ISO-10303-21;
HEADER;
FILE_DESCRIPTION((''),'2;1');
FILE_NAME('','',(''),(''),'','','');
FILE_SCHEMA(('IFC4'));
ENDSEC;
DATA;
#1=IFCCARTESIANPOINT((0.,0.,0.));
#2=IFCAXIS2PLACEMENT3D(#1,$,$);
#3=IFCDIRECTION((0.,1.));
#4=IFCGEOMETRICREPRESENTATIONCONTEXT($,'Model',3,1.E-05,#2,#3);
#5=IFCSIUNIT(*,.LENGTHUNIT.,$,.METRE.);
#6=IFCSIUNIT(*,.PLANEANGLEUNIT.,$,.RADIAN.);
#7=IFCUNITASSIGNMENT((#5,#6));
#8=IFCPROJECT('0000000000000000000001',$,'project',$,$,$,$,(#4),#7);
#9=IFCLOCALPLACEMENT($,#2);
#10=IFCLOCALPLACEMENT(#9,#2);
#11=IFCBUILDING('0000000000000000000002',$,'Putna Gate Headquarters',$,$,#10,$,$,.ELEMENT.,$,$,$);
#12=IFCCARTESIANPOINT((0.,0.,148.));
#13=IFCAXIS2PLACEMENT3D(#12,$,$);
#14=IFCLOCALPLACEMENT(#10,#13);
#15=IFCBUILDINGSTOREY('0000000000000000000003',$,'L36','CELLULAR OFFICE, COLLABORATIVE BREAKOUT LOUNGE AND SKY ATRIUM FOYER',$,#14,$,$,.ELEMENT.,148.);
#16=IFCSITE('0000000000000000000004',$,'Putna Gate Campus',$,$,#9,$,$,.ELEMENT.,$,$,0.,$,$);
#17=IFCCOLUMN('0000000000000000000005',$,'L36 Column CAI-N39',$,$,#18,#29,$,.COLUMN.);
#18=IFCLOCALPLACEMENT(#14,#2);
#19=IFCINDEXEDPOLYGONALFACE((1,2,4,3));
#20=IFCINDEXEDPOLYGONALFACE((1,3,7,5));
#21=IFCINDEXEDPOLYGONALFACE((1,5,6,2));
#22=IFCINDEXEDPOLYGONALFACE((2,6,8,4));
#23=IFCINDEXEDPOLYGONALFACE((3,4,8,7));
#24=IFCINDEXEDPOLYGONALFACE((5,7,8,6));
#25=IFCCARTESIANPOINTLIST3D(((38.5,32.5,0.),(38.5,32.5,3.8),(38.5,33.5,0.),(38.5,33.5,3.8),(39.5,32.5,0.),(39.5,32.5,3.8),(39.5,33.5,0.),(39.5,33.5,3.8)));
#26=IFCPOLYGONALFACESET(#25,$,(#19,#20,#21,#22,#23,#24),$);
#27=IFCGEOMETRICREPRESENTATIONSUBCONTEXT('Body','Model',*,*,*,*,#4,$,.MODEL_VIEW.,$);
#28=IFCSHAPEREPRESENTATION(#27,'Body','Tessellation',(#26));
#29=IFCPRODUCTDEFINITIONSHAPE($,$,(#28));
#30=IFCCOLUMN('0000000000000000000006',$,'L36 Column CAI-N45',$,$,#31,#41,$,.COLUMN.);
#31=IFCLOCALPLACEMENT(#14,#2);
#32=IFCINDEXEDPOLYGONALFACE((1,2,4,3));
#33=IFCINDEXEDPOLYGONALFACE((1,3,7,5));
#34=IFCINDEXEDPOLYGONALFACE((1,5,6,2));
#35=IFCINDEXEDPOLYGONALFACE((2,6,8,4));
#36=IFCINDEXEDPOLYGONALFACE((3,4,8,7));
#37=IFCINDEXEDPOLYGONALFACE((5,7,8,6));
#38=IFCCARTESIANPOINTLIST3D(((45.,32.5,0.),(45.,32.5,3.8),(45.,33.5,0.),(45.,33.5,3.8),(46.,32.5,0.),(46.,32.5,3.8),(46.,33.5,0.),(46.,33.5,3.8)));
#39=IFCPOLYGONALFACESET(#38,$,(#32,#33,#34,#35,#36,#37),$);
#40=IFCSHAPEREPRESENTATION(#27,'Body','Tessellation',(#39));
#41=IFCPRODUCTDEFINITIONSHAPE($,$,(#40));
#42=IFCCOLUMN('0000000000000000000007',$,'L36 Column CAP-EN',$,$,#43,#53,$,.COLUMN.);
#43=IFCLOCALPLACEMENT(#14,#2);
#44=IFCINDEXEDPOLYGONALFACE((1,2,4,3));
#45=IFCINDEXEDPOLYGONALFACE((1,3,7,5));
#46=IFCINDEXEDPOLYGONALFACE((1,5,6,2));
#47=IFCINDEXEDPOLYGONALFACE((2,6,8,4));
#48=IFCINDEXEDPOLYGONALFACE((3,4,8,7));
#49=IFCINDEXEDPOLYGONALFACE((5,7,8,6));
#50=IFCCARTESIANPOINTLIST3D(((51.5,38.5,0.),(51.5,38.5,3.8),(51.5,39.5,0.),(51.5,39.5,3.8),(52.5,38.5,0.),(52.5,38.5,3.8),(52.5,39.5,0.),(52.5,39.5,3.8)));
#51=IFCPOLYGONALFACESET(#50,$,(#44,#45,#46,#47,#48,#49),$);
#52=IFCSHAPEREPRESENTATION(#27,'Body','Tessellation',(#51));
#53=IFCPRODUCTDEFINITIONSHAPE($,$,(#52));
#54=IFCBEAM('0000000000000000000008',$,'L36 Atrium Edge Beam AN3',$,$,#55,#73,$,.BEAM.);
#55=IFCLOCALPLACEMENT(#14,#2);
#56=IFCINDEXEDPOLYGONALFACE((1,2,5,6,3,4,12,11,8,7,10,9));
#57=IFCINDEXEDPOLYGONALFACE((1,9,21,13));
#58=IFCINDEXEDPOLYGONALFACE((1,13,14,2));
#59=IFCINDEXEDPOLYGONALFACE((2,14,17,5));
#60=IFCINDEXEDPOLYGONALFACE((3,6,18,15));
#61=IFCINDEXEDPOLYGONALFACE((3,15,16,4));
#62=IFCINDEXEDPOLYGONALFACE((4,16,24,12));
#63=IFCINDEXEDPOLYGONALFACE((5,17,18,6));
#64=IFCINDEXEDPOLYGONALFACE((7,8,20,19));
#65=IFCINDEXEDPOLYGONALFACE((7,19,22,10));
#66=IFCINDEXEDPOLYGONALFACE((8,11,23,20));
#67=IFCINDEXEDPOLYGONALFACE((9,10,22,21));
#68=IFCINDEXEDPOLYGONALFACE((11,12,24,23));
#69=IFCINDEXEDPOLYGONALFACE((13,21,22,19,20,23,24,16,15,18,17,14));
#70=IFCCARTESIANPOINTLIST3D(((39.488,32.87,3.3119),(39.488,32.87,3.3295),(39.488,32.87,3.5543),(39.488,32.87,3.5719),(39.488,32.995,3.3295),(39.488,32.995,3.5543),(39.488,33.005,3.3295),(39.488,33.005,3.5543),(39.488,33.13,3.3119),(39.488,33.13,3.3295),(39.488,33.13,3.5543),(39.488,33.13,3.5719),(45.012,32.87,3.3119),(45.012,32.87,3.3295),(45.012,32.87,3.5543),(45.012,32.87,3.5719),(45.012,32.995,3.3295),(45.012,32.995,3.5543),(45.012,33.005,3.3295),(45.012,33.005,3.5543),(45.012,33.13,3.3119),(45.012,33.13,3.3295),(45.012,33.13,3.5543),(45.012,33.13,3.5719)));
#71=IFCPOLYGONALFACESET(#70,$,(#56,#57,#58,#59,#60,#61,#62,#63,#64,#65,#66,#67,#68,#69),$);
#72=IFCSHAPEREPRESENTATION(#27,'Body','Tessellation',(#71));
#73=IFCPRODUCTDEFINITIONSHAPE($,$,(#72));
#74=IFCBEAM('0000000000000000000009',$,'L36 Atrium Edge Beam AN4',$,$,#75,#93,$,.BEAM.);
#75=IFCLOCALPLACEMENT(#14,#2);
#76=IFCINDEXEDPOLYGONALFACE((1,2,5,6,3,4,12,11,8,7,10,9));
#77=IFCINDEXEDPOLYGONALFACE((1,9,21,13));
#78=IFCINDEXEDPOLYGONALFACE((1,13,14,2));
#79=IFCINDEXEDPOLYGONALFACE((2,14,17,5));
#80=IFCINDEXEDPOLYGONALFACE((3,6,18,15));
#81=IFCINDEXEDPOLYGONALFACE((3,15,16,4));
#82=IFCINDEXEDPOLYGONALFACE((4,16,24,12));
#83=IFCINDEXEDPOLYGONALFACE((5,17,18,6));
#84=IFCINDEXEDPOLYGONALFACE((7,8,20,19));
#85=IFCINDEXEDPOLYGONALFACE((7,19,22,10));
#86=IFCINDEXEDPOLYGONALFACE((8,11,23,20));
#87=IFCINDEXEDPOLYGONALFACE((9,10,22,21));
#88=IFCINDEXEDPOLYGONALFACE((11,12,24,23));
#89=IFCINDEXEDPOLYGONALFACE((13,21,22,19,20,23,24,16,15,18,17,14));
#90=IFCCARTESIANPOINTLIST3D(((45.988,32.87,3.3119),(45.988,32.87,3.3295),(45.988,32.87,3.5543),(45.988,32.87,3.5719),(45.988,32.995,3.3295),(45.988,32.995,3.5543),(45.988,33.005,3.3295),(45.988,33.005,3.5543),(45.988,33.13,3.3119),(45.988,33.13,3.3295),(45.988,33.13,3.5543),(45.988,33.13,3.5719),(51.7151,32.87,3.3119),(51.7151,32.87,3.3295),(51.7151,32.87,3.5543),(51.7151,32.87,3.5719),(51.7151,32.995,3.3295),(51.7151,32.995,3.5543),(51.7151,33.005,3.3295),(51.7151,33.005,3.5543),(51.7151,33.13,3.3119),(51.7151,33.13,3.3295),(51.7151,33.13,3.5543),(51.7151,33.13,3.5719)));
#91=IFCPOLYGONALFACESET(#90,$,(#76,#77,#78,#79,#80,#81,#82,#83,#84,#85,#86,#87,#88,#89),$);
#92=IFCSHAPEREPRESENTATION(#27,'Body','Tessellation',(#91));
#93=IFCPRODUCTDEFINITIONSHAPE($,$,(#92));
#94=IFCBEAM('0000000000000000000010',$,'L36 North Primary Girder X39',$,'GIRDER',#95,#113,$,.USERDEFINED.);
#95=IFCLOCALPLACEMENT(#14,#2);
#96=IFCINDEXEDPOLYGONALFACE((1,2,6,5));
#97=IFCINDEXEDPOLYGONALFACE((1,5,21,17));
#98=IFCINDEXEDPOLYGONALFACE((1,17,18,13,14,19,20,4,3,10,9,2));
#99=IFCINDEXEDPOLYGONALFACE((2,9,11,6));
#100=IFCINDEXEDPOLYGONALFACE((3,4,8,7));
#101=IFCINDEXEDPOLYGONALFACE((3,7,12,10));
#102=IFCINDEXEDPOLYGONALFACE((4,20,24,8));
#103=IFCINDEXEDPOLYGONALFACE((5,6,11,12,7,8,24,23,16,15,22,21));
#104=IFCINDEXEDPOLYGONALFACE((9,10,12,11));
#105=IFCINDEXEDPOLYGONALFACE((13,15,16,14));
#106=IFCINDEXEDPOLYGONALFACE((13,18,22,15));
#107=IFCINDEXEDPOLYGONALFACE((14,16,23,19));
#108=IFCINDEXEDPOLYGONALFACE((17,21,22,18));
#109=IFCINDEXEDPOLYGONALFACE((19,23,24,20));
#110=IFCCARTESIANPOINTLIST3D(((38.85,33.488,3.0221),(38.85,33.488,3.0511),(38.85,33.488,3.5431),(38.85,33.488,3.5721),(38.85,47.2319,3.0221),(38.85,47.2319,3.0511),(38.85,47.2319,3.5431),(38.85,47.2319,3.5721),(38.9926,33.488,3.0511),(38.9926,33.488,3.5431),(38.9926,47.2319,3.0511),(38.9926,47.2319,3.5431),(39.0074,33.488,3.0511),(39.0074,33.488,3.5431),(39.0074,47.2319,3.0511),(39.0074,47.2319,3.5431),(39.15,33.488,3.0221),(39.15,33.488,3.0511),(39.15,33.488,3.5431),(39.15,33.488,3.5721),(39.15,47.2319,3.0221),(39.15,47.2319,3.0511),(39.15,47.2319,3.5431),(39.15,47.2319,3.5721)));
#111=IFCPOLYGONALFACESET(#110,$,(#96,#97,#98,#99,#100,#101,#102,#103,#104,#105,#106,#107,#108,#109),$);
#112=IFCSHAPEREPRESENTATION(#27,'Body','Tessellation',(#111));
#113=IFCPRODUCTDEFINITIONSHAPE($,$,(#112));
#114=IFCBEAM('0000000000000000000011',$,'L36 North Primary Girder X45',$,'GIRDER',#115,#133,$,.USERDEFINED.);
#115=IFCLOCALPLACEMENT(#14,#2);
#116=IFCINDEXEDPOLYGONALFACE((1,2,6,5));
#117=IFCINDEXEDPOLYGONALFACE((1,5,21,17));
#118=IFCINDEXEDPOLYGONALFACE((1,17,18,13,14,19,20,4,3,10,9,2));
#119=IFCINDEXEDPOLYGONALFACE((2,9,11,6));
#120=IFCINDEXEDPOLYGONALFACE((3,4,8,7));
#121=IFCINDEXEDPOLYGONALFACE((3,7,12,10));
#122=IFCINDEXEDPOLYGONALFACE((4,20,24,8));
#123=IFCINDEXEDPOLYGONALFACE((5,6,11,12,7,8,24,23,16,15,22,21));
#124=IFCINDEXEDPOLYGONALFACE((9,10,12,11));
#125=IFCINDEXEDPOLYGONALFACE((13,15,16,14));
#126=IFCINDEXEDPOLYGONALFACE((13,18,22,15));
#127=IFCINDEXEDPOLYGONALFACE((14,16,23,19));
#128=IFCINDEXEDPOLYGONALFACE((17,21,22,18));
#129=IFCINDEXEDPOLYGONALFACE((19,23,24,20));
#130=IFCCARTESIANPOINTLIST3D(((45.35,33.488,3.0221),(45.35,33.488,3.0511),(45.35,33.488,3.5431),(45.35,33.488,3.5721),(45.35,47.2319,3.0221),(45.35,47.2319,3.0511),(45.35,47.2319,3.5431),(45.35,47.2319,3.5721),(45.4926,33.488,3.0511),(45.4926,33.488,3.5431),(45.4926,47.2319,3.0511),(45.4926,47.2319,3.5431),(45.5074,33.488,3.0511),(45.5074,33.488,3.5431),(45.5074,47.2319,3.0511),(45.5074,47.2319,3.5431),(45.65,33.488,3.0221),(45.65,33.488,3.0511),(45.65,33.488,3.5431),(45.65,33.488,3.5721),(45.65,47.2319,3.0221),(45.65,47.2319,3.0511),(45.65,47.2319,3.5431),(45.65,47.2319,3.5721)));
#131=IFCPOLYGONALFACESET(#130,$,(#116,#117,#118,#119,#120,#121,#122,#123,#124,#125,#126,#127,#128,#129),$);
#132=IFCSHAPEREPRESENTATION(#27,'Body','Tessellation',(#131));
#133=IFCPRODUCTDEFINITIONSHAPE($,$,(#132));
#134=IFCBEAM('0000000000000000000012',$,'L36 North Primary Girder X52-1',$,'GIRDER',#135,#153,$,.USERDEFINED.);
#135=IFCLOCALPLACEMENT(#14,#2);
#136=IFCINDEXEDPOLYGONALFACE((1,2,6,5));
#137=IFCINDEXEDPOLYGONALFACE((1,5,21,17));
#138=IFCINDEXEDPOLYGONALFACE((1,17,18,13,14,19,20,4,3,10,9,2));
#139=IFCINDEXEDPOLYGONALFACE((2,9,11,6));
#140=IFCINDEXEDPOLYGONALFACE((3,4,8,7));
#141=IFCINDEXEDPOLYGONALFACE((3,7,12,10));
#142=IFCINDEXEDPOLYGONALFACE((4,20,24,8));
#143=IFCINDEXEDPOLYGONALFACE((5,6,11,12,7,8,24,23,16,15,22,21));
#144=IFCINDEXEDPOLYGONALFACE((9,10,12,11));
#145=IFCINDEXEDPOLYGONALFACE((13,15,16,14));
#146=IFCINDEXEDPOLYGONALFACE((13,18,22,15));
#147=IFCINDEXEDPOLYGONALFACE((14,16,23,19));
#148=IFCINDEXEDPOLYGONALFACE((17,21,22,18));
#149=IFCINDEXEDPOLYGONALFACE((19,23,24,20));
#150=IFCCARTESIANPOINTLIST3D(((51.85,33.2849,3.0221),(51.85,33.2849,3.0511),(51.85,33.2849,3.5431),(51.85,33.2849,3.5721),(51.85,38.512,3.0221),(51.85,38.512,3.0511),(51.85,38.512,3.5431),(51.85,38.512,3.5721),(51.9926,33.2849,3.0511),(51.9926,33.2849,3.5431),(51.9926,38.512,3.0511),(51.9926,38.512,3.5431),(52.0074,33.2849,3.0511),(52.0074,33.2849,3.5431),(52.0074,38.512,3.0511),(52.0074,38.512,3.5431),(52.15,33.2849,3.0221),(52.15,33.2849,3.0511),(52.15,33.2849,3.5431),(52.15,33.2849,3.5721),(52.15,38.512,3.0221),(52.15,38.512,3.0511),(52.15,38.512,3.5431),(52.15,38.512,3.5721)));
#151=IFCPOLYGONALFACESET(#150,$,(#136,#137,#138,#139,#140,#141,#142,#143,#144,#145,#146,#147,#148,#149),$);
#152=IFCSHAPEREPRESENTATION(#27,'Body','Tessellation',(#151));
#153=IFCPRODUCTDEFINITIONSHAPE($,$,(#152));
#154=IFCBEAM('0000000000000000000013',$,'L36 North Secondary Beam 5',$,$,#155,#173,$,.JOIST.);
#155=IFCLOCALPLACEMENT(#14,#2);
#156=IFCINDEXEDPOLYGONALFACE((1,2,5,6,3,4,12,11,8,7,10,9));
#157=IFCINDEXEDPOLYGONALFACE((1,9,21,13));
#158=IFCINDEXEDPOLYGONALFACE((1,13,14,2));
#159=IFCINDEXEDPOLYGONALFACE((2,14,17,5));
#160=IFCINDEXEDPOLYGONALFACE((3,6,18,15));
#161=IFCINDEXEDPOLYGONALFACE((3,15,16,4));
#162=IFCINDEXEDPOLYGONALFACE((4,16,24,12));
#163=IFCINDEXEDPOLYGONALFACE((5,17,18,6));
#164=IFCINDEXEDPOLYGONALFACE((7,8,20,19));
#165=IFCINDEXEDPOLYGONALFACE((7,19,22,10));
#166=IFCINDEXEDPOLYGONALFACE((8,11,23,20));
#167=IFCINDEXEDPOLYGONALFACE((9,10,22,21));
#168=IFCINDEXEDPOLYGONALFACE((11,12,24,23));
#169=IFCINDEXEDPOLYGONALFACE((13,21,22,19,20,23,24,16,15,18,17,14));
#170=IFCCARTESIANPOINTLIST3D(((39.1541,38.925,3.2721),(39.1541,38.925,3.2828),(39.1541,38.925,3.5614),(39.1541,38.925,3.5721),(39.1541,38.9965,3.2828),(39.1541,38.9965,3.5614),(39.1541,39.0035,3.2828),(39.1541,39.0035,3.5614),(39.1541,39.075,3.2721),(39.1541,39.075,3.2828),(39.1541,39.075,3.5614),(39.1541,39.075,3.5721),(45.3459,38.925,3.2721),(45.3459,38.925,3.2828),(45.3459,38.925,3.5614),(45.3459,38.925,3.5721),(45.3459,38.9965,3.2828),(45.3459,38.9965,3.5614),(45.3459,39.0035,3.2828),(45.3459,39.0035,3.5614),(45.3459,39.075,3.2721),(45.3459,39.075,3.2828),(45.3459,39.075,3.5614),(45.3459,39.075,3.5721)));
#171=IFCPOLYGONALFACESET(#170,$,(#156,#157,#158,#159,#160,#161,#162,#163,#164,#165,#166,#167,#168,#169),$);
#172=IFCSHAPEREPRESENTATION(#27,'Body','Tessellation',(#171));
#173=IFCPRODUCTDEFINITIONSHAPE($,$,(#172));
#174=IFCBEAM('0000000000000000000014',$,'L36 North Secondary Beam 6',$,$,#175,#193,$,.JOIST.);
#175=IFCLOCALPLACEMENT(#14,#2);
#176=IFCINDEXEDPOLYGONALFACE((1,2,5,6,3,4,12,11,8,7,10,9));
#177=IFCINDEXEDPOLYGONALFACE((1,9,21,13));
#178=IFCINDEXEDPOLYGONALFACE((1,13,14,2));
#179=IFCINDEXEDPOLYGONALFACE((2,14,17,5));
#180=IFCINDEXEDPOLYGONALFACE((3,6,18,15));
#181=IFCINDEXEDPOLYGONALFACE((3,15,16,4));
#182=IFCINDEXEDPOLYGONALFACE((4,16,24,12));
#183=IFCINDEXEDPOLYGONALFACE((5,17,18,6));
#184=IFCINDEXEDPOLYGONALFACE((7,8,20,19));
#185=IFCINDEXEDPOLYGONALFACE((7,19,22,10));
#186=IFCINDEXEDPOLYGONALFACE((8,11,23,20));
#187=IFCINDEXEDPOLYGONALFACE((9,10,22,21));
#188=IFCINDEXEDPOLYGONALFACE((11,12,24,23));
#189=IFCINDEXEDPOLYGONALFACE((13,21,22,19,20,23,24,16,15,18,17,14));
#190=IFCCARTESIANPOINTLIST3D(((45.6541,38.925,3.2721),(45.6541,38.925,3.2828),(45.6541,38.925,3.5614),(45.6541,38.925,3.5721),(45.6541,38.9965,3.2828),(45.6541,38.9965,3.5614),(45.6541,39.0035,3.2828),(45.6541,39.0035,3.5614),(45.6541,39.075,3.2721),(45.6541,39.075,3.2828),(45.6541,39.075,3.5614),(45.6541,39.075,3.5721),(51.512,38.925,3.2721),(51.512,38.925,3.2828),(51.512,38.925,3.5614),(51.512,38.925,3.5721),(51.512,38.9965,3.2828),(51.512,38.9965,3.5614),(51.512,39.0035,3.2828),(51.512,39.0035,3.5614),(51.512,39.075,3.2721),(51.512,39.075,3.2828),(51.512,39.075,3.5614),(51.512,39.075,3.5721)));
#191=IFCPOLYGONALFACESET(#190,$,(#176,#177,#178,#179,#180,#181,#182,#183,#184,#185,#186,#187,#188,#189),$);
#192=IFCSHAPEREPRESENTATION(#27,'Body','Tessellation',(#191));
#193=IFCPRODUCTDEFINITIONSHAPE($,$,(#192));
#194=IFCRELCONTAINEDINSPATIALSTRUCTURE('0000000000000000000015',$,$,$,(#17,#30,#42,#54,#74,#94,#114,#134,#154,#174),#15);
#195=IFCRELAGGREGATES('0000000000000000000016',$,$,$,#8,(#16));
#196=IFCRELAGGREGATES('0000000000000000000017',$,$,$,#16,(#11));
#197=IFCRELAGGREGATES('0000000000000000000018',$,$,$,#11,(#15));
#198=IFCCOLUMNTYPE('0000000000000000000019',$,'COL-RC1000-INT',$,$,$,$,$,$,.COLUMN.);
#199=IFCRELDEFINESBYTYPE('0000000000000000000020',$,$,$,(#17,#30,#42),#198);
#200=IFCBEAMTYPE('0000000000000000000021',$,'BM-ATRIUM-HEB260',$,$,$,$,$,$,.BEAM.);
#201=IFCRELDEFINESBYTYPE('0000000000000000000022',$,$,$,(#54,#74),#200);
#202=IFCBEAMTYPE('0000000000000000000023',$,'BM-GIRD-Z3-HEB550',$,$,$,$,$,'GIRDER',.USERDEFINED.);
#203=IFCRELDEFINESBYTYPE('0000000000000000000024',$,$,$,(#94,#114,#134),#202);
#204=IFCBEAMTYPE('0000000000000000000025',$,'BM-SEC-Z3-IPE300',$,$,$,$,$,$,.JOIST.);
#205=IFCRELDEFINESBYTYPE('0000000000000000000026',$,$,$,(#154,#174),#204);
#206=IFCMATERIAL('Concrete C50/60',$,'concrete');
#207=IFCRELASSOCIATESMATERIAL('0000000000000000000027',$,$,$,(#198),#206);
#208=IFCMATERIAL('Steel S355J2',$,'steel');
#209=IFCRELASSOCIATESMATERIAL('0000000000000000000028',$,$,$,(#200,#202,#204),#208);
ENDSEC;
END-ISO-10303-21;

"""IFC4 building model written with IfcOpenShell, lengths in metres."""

from ifc_helpers import new_model, si_unit, direction, frame, origin, origin_2d, place, context, subcontext, project, spatial, rectangle, i_section, extrude, material, material_profile, profile_set, type_object, element, save


model = new_model("IFC4")

# Units and contexts
model_context = context("Model", 3, precision=1e-05, world=origin(), true_north=direction((0.0, 1.0)))
body_context = subcontext(model_context, "Body", "Model", "MODEL_VIEW")
ifc_project = project(units=[si_unit("LENGTHUNIT", "METRE"), si_unit("PLANEANGLEUNIT", "RADIAN")], contexts=[model_context])

# Site, building, storey
site_placement = place(None, origin())
site = spatial("IfcSite", under=ifc_project, at=site_placement, Name="Putna Gate Campus", CompositionType="ELEMENT", RefElevation=0.0)
building_placement = place(site_placement, origin())
building = spatial("IfcBuilding", under=site, at=building_placement, Name="Putna Gate Headquarters", CompositionType="ELEMENT")
storey_placement = place(building_placement, frame((0.0, 0.0, 148.0)))
storey = spatial("IfcBuildingStorey", under=building, at=storey_placement, Name="L36", Description="CELLULAR OFFICE, COLLABORATIVE BREAKOUT LOUNGE AND SKY ATRIUM FOYER", CompositionType="ELEMENT", Elevation=148.0)

# Columns
ifc_material_1 = material(Name="Concrete C50/60", Category="concrete")
ifc_material_profile_1 = material_profile(ifc_material_1, rectangle(XDim=1.0, YDim=1.0, at=origin_2d()), Name="Concrete C50/60")
ifc_profile_set_1 = profile_set([ifc_material_profile_1], Name="Concrete C50/60")
column_type = type_object("IfcColumnType", Name="COL-RC1000-INT", PredefinedType="COLUMN", material=ifc_profile_set_1)
for number, where, z_axis, x_axis, name in (
    (1, (39.0, 33.0, 0.0), (0.0, 0.0, 1.0), (1.0, 0.0, 0.0), "L36 Column CAI-N39"),
    (2, (45.5, 33.0, 0.0), (0.0, 0.0, 1.0), (1.0, 0.0, 0.0), "L36 Column CAI-N45"),
    (3, (52.0, 39.0, 0.0), (0.0, 0.0, 1.0), (1.0, 0.0, 0.0), "L36 Column CAP-EN"),
):
    element("IfcColumn", number, at=place(storey_placement, frame(where, z_axis=z_axis, x_axis=x_axis)), inside=storey, type_object=column_type, Name=name, PredefinedType="COLUMN", context=body_context, shape_type="SweptSolid", body=[
        extrude(rectangle(XDim=1.0, YDim=1.0, at=origin_2d()), origin(), (0.0, 0.0, 1.0), 3.8),
    ])

# Beams
ifc_material_2 = material(Name="Steel S355J2", Category="steel")
ifc_material_profile_2 = material_profile(ifc_material_2, i_section(OverallWidth=0.26, OverallDepth=0.26, WebThickness=0.01, FlangeThickness=0.0176, at=origin_2d()), Name="Steel S355J2")
ifc_profile_set_2 = profile_set([ifc_material_profile_2], Name="Steel S355J2")
beam_type_1 = type_object("IfcBeamType", Name="BM-ATRIUM-HEB260", PredefinedType="BEAM", material=ifc_profile_set_2)
beam_1_placement = place(storey_placement, frame((39.488, 33.0, 3.4419), z_axis=(1.0, 0.0, 0.0), x_axis=(0.0, 1.0, 0.0)))
element("IfcBeam", 4, at=beam_1_placement, inside=storey, type_object=beam_type_1, Name="L36 Atrium Edge Beam AN3", PredefinedType="BEAM", context=body_context, shape_type="SweptSolid", body=[
    extrude(i_section(OverallWidth=0.26, OverallDepth=0.26, WebThickness=0.01, FlangeThickness=0.0176, at=origin_2d()), origin(), (0.0, 0.0, 1.0), 5.5239),
])
beam_2_placement = place(storey_placement, frame((45.988, 33.0, 3.4419), z_axis=(1.0, 0.0, 0.0), x_axis=(0.0, 1.0, 0.0)))
element("IfcBeam", 5, at=beam_2_placement, inside=storey, type_object=beam_type_1, Name="L36 Atrium Edge Beam AN4", PredefinedType="BEAM", context=body_context, shape_type="SweptSolid", body=[
    extrude(i_section(OverallWidth=0.26, OverallDepth=0.26, WebThickness=0.01, FlangeThickness=0.0176, at=origin_2d()), origin(), (0.0, 0.0, 1.0), 5.7271),
])
ifc_material_profile_3 = material_profile(ifc_material_2, i_section(OverallWidth=0.3, OverallDepth=0.55, WebThickness=0.0149, FlangeThickness=0.0291, at=origin_2d()), Name="Steel S355J2")
ifc_profile_set_3 = profile_set([ifc_material_profile_3], Name="Steel S355J2")
beam_type_2 = type_object("IfcBeamType", Name="BM-GIRD-Z3-HEB550", ElementType="GIRDER", PredefinedType="USERDEFINED", material=ifc_profile_set_3)
for number, where, z_axis, x_axis, name in (
    (6, (39.0, 33.488, 3.2971), (0.0, 1.0, 0.0), (-1.0, 0.0, 0.0), "L36 North Primary Girder X39"),
    (7, (45.5, 33.488, 3.2971), (0.0, 1.0, 0.0), (-1.0, 0.0, 0.0), "L36 North Primary Girder X45"),
):
    element("IfcBeam", number, at=place(storey_placement, frame(where, z_axis=z_axis, x_axis=x_axis)), inside=storey, type_object=beam_type_2, Name=name, ObjectType="GIRDER", PredefinedType="USERDEFINED", context=body_context, shape_type="SweptSolid", body=[
        extrude(i_section(OverallWidth=0.3, OverallDepth=0.55, WebThickness=0.0149, FlangeThickness=0.0291, at=origin_2d()), origin(), (0.0, 0.0, 1.0), 13.7439),
    ])
beam_3_placement = place(storey_placement, frame((52.0, 33.2849, 3.2971), z_axis=(0.0, 1.0, 0.0), x_axis=(-1.0, 0.0, 0.0)))
element("IfcBeam", 8, at=beam_3_placement, inside=storey, type_object=beam_type_2, Name="L36 North Primary Girder X52-1", ObjectType="GIRDER", PredefinedType="USERDEFINED", context=body_context, shape_type="SweptSolid", body=[
    extrude(i_section(OverallWidth=0.3, OverallDepth=0.55, WebThickness=0.0149, FlangeThickness=0.0291, at=origin_2d()), origin(), (0.0, 0.0, 1.0), 5.2271),
])
ifc_material_profile_4 = material_profile(ifc_material_2, i_section(OverallWidth=0.1499, OverallDepth=0.3, WebThickness=0.0071, FlangeThickness=0.0107, at=origin_2d()), Name="Steel S355J2")
ifc_profile_set_4 = profile_set([ifc_material_profile_4], Name="Steel S355J2")
beam_type_3 = type_object("IfcBeamType", Name="BM-SEC-Z3-IPE300", PredefinedType="JOIST", material=ifc_profile_set_4)
beam_4_placement = place(storey_placement, frame((39.1541, 39.0, 3.4221), z_axis=(1.0, 0.0, 0.0), x_axis=(0.0, 1.0, 0.0)))
element("IfcBeam", 9, at=beam_4_placement, inside=storey, type_object=beam_type_3, Name="L36 North Secondary Beam 5", PredefinedType="JOIST", context=body_context, shape_type="SweptSolid", body=[
    extrude(i_section(OverallWidth=0.1499, OverallDepth=0.3, WebThickness=0.0071, FlangeThickness=0.0107, at=origin_2d()), origin(), (0.0, 0.0, 1.0), 6.1919),
])
beam_5_placement = place(storey_placement, frame((45.6541, 39.0, 3.4221), z_axis=(1.0, 0.0, 0.0), x_axis=(0.0, 1.0, 0.0)))
element("IfcBeam", 10, at=beam_5_placement, inside=storey, type_object=beam_type_3, Name="L36 North Secondary Beam 6", PredefinedType="JOIST", context=body_context, shape_type="SweptSolid", body=[
    extrude(i_section(OverallWidth=0.1499, OverallDepth=0.3, WebThickness=0.0071, FlangeThickness=0.0107, at=origin_2d()), origin(), (0.0, 0.0, 1.0), 5.8579),
])

save(model, "model.ifc")
